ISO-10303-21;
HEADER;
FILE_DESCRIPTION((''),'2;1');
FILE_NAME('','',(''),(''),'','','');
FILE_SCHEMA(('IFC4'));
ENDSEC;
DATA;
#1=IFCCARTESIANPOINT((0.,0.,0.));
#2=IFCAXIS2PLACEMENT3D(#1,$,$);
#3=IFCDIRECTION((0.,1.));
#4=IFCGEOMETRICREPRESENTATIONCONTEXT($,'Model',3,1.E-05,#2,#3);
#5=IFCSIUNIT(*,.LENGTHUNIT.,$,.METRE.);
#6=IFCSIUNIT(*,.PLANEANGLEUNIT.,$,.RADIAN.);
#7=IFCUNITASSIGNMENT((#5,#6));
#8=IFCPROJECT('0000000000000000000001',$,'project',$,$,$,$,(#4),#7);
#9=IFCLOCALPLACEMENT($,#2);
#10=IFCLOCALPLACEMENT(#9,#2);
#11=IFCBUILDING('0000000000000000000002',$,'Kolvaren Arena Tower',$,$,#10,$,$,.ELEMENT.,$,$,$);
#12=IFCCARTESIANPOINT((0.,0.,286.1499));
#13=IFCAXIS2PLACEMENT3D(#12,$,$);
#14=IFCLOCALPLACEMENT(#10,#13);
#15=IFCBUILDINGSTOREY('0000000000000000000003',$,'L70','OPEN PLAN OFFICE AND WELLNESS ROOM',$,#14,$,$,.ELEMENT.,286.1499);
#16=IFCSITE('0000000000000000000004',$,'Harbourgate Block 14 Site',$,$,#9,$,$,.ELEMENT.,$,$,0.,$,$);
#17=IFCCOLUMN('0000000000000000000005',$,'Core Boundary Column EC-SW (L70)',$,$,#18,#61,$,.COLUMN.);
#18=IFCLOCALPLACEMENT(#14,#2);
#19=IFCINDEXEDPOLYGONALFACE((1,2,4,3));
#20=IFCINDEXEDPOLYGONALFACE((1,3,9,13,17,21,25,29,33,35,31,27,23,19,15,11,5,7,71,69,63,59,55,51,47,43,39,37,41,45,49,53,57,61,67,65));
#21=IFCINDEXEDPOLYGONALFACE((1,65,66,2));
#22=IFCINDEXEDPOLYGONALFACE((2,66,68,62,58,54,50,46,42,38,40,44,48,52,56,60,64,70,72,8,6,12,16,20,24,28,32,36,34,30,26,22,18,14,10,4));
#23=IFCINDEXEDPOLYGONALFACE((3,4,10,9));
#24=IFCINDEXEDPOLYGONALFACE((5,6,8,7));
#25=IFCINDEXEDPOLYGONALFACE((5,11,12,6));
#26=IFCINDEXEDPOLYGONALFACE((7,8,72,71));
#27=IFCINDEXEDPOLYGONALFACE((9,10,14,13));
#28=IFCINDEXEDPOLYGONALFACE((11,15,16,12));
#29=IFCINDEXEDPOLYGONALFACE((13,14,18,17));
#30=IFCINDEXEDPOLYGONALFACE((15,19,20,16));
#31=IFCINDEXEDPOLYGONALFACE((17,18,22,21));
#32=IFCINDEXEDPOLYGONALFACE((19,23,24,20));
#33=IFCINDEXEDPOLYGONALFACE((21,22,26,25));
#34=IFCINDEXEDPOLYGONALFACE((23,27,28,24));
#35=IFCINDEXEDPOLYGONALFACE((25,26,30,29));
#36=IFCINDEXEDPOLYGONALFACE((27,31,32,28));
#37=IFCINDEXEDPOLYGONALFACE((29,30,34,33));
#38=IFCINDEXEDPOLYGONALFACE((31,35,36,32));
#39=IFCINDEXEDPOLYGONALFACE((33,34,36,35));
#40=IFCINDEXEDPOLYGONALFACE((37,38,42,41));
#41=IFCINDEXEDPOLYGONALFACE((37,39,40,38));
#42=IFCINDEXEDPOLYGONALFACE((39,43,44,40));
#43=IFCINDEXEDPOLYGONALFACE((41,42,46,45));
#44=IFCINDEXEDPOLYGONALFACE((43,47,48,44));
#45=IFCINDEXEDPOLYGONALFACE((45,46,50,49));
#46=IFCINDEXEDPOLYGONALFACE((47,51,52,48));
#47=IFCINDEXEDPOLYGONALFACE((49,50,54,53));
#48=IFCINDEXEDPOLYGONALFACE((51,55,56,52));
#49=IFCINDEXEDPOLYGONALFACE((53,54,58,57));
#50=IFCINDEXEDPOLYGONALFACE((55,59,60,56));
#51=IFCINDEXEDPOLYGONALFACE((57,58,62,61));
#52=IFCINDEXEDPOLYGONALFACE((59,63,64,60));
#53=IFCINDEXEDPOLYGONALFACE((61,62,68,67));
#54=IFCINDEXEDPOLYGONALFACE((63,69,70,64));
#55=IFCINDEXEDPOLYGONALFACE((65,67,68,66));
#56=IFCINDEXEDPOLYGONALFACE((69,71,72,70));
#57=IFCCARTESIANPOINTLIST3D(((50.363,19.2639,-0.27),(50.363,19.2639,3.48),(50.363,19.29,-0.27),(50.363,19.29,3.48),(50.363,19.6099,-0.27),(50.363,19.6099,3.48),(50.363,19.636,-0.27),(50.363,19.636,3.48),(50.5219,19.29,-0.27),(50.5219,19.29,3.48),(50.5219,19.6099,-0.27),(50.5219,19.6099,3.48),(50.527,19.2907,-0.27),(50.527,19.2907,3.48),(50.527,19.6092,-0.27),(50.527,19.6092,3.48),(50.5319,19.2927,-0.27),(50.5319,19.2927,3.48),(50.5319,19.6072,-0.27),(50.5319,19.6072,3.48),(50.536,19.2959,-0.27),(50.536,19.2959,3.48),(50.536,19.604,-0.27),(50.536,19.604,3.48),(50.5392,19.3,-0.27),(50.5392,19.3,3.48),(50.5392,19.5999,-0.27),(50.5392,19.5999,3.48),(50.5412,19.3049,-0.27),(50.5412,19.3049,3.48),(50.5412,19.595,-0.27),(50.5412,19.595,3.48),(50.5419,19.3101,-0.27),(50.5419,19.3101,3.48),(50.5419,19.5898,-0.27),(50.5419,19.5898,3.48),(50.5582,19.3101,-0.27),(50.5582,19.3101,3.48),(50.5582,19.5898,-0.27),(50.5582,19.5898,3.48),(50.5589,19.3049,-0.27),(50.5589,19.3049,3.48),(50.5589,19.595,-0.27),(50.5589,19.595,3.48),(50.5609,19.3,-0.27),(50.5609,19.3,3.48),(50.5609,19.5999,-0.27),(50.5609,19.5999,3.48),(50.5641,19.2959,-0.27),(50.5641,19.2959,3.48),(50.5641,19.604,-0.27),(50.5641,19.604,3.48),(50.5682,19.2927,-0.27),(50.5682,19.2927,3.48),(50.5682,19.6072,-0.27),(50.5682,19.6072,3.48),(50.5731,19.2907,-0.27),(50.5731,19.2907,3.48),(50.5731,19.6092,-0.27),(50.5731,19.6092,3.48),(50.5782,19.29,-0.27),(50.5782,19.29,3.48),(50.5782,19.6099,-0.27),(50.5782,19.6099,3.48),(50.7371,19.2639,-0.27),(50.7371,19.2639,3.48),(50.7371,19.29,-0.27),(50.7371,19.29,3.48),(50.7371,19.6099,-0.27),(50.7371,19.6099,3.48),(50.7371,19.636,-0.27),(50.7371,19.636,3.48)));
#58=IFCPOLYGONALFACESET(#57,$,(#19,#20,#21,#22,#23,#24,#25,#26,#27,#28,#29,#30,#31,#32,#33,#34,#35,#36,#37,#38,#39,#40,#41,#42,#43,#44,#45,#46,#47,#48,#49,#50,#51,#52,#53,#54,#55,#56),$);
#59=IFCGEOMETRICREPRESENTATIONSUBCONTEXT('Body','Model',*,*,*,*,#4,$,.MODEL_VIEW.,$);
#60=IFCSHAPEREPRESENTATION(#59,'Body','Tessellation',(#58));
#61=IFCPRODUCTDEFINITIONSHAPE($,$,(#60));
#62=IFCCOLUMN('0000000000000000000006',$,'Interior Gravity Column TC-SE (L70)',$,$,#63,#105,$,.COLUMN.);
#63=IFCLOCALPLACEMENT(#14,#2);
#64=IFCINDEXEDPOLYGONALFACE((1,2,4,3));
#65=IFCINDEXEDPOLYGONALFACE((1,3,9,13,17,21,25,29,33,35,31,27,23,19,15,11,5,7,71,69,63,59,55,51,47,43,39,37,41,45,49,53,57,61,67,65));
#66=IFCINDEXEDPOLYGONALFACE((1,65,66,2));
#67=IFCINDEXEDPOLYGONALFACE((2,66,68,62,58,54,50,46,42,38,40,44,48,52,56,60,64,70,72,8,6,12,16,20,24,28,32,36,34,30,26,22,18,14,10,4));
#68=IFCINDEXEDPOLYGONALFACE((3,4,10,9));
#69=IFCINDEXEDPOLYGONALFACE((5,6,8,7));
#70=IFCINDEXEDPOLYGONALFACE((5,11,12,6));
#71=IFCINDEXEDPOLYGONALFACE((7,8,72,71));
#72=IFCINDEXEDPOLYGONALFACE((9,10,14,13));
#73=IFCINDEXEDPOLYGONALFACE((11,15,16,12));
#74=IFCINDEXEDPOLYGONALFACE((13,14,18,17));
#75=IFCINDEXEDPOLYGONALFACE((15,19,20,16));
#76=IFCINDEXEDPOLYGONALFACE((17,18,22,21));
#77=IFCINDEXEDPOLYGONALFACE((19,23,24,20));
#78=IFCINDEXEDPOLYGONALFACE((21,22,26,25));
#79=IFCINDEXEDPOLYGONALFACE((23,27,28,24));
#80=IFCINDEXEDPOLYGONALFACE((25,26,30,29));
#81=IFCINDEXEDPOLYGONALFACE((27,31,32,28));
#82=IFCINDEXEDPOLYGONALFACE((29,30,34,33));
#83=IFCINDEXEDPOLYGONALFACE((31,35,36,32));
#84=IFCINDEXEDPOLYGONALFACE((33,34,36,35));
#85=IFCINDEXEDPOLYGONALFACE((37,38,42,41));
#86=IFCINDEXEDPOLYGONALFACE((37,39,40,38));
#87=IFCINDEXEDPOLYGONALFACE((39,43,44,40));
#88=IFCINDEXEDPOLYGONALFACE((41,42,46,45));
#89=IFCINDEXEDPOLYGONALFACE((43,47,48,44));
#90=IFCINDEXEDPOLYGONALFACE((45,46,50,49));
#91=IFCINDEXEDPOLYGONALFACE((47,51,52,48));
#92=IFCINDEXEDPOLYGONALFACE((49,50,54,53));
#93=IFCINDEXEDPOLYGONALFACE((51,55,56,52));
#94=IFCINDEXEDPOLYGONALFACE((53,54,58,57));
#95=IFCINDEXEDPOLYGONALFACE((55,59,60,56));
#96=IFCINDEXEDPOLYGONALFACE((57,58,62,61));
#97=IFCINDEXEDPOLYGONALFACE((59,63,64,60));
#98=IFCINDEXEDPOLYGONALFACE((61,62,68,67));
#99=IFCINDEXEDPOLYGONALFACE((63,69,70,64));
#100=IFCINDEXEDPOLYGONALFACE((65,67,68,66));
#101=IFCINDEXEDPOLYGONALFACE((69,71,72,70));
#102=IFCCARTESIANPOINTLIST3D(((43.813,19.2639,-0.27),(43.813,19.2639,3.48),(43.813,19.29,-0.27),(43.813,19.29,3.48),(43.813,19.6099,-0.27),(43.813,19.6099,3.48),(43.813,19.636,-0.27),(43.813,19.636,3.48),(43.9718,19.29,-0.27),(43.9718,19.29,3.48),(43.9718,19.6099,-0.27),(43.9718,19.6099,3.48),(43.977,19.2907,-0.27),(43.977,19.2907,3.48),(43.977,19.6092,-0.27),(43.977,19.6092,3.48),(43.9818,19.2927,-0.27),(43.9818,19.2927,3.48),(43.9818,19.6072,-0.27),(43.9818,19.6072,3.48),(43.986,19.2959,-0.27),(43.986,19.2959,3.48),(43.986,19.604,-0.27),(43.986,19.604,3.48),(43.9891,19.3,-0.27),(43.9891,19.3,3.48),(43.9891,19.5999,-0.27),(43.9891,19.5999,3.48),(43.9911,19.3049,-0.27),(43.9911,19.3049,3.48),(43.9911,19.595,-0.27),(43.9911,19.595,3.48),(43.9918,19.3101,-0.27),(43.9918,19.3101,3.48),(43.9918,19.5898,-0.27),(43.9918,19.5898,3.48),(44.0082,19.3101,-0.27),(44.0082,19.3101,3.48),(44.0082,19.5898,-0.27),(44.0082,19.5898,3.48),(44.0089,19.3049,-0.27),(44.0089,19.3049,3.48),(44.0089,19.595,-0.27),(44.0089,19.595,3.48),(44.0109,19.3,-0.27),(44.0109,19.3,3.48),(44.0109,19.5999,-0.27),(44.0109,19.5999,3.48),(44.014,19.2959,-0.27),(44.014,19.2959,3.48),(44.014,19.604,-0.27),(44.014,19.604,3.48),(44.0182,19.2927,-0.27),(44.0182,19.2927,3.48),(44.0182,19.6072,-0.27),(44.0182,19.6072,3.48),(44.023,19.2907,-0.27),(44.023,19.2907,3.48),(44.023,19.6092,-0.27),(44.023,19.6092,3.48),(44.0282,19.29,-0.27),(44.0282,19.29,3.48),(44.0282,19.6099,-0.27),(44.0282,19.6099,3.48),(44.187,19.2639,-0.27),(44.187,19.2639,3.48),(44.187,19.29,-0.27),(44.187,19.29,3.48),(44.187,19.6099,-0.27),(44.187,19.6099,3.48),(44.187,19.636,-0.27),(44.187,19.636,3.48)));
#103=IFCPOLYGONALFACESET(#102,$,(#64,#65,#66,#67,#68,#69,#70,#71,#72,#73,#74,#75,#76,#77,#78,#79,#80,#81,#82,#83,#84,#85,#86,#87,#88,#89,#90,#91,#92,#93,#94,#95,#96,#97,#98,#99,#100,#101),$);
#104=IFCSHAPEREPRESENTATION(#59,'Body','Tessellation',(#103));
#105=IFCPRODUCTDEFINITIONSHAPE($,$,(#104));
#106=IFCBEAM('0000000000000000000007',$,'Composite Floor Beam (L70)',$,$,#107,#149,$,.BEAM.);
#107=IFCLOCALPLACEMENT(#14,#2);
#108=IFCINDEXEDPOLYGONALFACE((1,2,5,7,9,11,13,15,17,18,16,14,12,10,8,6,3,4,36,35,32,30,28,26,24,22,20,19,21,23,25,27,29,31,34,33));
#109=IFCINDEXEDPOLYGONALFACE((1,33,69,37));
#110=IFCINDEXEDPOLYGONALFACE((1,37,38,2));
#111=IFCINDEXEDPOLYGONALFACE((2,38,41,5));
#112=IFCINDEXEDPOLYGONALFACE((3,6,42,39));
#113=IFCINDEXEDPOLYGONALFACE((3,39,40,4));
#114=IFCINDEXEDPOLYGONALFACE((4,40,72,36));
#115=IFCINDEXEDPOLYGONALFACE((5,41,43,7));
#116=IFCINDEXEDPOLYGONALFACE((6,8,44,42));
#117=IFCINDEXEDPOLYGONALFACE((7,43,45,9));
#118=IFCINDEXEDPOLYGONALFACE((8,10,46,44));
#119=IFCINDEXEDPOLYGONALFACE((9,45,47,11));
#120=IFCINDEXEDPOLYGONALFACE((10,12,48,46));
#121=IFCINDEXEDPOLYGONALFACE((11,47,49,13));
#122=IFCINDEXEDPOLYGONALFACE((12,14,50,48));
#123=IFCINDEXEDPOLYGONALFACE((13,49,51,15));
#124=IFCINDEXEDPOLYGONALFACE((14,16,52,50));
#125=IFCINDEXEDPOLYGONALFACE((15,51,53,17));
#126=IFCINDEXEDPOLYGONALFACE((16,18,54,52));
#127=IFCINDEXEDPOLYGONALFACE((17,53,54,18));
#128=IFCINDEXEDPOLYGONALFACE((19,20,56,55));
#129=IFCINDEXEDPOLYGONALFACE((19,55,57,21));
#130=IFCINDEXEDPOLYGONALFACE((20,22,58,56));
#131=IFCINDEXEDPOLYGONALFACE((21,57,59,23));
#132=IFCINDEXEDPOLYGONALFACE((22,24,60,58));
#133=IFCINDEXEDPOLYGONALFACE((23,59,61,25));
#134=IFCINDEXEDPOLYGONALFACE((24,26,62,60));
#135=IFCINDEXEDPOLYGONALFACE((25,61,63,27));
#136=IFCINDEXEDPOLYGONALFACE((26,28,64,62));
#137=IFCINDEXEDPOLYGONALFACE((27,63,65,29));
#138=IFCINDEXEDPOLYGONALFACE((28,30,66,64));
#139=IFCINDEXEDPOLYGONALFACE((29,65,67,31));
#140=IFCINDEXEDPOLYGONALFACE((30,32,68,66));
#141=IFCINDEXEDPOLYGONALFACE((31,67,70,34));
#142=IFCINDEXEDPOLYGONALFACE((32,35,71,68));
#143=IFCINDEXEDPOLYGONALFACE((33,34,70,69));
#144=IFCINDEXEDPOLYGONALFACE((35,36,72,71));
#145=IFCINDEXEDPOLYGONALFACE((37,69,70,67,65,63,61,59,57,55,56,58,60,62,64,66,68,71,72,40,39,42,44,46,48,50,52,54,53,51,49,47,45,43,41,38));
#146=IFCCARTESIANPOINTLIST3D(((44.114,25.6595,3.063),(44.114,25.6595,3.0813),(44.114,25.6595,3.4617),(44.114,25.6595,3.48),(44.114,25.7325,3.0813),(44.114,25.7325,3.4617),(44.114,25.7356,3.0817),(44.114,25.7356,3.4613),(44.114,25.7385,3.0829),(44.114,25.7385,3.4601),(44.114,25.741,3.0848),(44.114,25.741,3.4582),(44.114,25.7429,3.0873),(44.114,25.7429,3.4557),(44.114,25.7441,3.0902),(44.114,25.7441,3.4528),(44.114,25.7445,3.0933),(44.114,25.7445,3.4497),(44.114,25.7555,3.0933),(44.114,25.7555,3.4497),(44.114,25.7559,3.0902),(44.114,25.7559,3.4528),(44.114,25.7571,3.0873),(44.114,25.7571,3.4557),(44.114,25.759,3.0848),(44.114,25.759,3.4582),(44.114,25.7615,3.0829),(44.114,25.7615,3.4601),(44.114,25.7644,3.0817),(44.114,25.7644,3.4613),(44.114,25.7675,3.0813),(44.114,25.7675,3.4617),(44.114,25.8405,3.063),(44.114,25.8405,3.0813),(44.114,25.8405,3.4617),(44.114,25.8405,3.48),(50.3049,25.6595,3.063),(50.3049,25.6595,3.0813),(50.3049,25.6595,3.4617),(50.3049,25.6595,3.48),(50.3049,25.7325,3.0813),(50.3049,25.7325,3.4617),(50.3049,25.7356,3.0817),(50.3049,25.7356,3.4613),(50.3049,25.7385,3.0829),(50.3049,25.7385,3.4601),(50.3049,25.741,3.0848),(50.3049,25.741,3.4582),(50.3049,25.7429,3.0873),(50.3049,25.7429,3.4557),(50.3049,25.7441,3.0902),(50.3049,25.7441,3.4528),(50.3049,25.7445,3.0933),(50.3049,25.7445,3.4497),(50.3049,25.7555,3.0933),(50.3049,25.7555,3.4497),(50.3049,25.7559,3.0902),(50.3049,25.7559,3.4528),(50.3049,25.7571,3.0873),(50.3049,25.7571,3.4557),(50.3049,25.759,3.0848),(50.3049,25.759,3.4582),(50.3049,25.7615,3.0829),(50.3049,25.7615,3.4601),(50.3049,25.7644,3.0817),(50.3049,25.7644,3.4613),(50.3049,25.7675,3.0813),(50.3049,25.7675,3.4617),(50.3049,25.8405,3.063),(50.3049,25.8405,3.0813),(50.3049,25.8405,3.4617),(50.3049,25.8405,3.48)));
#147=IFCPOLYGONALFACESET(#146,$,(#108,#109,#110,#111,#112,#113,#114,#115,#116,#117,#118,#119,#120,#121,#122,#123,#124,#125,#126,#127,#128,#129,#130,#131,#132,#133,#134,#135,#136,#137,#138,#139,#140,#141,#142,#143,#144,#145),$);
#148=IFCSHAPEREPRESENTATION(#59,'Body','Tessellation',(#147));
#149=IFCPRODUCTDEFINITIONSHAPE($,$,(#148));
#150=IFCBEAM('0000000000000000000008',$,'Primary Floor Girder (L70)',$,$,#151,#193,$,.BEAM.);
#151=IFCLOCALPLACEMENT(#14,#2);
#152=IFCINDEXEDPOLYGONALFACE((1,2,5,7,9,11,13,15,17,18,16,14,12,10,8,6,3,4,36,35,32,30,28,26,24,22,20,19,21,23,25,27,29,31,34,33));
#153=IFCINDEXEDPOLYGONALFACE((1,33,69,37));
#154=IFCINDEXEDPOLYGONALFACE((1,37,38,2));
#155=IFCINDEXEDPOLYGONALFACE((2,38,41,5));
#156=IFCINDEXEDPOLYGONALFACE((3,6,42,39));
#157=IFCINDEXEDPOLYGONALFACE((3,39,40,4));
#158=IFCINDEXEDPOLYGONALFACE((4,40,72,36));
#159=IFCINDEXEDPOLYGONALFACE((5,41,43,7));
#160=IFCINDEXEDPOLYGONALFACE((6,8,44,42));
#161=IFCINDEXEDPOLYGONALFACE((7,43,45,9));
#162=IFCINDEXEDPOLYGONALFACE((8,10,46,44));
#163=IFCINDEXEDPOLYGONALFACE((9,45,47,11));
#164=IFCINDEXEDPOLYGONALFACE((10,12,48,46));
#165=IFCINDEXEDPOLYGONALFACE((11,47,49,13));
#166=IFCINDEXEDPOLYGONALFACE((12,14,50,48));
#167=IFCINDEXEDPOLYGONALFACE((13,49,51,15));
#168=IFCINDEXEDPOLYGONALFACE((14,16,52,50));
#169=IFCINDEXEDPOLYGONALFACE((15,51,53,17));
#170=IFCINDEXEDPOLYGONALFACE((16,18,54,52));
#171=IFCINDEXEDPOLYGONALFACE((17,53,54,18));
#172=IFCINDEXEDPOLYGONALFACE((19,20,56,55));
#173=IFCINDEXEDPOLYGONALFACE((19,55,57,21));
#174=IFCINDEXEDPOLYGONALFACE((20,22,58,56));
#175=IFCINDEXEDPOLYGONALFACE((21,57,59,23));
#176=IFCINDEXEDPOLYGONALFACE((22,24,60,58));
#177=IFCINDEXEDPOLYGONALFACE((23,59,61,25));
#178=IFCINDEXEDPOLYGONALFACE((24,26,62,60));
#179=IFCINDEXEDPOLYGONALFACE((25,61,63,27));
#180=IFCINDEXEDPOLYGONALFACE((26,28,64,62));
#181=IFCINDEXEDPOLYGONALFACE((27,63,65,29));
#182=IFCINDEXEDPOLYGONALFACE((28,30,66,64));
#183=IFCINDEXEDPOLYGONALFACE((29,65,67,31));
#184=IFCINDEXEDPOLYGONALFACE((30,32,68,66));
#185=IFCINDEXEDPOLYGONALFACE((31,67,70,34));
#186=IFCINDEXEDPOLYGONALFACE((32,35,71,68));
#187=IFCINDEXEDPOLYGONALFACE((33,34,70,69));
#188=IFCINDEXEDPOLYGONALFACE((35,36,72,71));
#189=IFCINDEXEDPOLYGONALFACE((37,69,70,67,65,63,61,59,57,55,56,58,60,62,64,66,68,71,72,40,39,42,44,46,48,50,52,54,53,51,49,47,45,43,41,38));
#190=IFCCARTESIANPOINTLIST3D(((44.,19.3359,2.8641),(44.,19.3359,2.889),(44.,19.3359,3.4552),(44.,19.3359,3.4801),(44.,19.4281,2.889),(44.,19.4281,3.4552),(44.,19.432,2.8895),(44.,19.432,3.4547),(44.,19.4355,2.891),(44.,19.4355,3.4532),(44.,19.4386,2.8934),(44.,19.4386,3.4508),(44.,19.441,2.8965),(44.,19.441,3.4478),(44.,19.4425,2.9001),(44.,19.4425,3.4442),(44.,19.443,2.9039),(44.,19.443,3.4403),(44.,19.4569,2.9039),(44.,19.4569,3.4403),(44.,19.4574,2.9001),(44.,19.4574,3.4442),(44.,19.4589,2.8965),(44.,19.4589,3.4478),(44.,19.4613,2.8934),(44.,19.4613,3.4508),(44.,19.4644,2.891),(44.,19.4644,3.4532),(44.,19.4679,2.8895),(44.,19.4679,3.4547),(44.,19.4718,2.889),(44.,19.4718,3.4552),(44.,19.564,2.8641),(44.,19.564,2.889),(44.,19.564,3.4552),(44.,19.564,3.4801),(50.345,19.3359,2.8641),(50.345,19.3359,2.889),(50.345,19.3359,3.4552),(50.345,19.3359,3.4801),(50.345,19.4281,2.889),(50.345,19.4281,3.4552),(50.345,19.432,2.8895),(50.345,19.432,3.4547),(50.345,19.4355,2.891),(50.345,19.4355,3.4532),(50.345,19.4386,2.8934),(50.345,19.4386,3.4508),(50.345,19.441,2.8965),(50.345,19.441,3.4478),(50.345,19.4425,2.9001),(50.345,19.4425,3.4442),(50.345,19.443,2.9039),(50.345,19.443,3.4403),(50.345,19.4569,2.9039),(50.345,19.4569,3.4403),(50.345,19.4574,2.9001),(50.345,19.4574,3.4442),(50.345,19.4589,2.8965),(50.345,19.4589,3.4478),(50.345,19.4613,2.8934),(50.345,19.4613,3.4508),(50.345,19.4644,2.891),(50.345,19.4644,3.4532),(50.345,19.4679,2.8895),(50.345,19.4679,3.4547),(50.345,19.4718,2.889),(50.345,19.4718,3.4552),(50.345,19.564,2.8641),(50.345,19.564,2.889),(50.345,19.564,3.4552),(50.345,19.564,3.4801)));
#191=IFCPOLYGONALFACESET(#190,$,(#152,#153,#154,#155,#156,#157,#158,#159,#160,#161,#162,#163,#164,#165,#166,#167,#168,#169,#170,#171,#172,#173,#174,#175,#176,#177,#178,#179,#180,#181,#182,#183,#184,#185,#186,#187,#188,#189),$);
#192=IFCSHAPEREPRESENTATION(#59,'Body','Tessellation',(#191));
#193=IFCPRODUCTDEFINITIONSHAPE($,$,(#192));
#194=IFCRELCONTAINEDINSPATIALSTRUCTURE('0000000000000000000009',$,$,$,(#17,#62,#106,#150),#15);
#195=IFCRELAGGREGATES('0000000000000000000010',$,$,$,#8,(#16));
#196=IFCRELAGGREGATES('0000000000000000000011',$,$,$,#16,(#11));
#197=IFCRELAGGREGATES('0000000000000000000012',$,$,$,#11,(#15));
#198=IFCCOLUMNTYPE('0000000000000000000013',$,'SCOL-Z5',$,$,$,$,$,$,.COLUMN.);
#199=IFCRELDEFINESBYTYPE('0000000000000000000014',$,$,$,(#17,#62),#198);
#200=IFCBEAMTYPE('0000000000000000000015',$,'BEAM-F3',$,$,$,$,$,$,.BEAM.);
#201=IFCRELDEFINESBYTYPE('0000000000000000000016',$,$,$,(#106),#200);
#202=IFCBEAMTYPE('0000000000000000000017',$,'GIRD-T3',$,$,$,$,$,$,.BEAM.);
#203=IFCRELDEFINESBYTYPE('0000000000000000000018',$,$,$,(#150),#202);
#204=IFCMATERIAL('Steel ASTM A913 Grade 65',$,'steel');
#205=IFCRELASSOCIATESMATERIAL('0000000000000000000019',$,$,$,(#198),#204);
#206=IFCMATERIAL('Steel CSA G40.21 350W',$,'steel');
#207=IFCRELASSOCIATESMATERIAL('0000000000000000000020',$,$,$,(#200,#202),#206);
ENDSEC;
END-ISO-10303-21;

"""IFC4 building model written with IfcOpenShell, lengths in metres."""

from ifc_helpers import new_model, si_unit, direction, frame, origin, origin_2d, place, context, subcontext, project, spatial, i_section, extrude, material, material_profile, profile_set, type_object, element, save


model = new_model("IFC4")

# Units and contexts
model_context = context("Model", 3, precision=1e-05, world=origin(), true_north=direction((0.0, 1.0)))
body_context = subcontext(model_context, "Body", "Model", "MODEL_VIEW")
ifc_project = project(units=[si_unit("LENGTHUNIT", "METRE"), si_unit("PLANEANGLEUNIT", "RADIAN")], contexts=[model_context])

# Site, building, storey
site_placement = place(None, origin())
site = spatial("IfcSite", under=ifc_project, at=site_placement, Name="Harbourgate Block 14 Site", CompositionType="ELEMENT", RefElevation=0.0)
building_placement = place(site_placement, origin())
building = spatial("IfcBuilding", under=site, at=building_placement, Name="Kolvaren Arena Tower", CompositionType="ELEMENT")
storey_placement = place(building_placement, frame((0.0, 0.0, 286.1499)))
storey = spatial("IfcBuildingStorey", under=building, at=storey_placement, Name="L70", Description="OPEN PLAN OFFICE AND WELLNESS ROOM", CompositionType="ELEMENT", Elevation=286.1499)

# Columns
ifc_material_1 = material(Name="Steel ASTM A913 Grade 65", Category="steel")
ifc_material_profile_1 = material_profile(ifc_material_1, i_section(OverallWidth=0.374, OverallDepth=0.3721, WebThickness=0.0164, FlangeThickness=0.0261, FilletRadius=0.02, at=origin_2d()), Name="W360x196")
ifc_profile_set_1 = profile_set([ifc_material_profile_1], Name="Steel ASTM A913 Grade 65")
column_type = type_object("IfcColumnType", Name="SCOL-Z5", PredefinedType="COLUMN", material=ifc_profile_set_1)
for number, where, z_axis, x_axis, name in (
    (1, (50.55, 19.45, -0.27), (0.0, 0.0, 1.0), (1.0, 0.0, 0.0), "Core Boundary Column EC-SW (L70)"),
    (2, (44.0, 19.45, -0.27), (0.0, 0.0, 1.0), (1.0, 0.0, 0.0), "Interior Gravity Column TC-SE (L70)"),
):
    element("IfcColumn", number, at=place(storey_placement, frame(where, z_axis=z_axis, x_axis=x_axis)), inside=storey, type_object=column_type, Name=name, PredefinedType="COLUMN", context=body_context, shape_type="SweptSolid", body=[
        extrude(i_section(OverallWidth=0.374, OverallDepth=0.3721, WebThickness=0.0164, FlangeThickness=0.0261, FilletRadius=0.02, at=origin_2d()), origin(), (0.0, 0.0, 1.0), 3.75),
    ])

# Beams
ifc_material_2 = material(Name="Steel CSA G40.21 350W", Category="steel")
ifc_material_profile_2 = material_profile(ifc_material_2, i_section(OverallWidth=0.1809, OverallDepth=0.417, WebThickness=0.011, FlangeThickness=0.0183, FilletRadius=0.012, at=origin_2d()), Name="W410x85")
ifc_profile_set_2 = profile_set([ifc_material_profile_2], Name="Steel CSA G40.21 350W")
beam_type_1 = type_object("IfcBeamType", Name="BEAM-F3", PredefinedType="BEAM", material=ifc_profile_set_2)
beam_1_placement = place(storey_placement, frame((44.114, 25.75, 3.2715), z_axis=(1.0, 0.0, 0.0), x_axis=(0.0, 1.0, 0.0)))
element("IfcBeam", 3, at=beam_1_placement, inside=storey, type_object=beam_type_1, Name="Composite Floor Beam (L70)", PredefinedType="BEAM", context=body_context, shape_type="SweptSolid", body=[
    extrude(i_section(OverallWidth=0.1809, OverallDepth=0.417, WebThickness=0.011, FlangeThickness=0.0183, FilletRadius=0.012, at=origin_2d()), origin(), (0.0, 0.0, 1.0), 6.1909),
])
ifc_material_profile_3 = material_profile(ifc_material_2, i_section(OverallWidth=0.228, OverallDepth=0.616, WebThickness=0.0139, FlangeThickness=0.0249, FilletRadius=0.0149, at=origin_2d()), Name="W610x174")
ifc_profile_set_3 = profile_set([ifc_material_profile_3], Name="Steel CSA G40.21 350W")
beam_type_2 = type_object("IfcBeamType", Name="GIRD-T3", PredefinedType="BEAM", material=ifc_profile_set_3)
beam_2_placement = place(storey_placement, frame((44.0, 19.45, 3.1721), z_axis=(1.0, 0.0, 0.0), x_axis=(0.0, 1.0, 0.0)))
element("IfcBeam", 4, at=beam_2_placement, inside=storey, type_object=beam_type_2, Name="Primary Floor Girder (L70)", PredefinedType="BEAM", context=body_context, shape_type="SweptSolid", body=[
    extrude(i_section(OverallWidth=0.228, OverallDepth=0.616, WebThickness=0.0139, FlangeThickness=0.0249, FilletRadius=0.0149, at=origin_2d()), origin(), (0.0, 0.0, 1.0), 6.345),
])

save(model, "model.ifc")
